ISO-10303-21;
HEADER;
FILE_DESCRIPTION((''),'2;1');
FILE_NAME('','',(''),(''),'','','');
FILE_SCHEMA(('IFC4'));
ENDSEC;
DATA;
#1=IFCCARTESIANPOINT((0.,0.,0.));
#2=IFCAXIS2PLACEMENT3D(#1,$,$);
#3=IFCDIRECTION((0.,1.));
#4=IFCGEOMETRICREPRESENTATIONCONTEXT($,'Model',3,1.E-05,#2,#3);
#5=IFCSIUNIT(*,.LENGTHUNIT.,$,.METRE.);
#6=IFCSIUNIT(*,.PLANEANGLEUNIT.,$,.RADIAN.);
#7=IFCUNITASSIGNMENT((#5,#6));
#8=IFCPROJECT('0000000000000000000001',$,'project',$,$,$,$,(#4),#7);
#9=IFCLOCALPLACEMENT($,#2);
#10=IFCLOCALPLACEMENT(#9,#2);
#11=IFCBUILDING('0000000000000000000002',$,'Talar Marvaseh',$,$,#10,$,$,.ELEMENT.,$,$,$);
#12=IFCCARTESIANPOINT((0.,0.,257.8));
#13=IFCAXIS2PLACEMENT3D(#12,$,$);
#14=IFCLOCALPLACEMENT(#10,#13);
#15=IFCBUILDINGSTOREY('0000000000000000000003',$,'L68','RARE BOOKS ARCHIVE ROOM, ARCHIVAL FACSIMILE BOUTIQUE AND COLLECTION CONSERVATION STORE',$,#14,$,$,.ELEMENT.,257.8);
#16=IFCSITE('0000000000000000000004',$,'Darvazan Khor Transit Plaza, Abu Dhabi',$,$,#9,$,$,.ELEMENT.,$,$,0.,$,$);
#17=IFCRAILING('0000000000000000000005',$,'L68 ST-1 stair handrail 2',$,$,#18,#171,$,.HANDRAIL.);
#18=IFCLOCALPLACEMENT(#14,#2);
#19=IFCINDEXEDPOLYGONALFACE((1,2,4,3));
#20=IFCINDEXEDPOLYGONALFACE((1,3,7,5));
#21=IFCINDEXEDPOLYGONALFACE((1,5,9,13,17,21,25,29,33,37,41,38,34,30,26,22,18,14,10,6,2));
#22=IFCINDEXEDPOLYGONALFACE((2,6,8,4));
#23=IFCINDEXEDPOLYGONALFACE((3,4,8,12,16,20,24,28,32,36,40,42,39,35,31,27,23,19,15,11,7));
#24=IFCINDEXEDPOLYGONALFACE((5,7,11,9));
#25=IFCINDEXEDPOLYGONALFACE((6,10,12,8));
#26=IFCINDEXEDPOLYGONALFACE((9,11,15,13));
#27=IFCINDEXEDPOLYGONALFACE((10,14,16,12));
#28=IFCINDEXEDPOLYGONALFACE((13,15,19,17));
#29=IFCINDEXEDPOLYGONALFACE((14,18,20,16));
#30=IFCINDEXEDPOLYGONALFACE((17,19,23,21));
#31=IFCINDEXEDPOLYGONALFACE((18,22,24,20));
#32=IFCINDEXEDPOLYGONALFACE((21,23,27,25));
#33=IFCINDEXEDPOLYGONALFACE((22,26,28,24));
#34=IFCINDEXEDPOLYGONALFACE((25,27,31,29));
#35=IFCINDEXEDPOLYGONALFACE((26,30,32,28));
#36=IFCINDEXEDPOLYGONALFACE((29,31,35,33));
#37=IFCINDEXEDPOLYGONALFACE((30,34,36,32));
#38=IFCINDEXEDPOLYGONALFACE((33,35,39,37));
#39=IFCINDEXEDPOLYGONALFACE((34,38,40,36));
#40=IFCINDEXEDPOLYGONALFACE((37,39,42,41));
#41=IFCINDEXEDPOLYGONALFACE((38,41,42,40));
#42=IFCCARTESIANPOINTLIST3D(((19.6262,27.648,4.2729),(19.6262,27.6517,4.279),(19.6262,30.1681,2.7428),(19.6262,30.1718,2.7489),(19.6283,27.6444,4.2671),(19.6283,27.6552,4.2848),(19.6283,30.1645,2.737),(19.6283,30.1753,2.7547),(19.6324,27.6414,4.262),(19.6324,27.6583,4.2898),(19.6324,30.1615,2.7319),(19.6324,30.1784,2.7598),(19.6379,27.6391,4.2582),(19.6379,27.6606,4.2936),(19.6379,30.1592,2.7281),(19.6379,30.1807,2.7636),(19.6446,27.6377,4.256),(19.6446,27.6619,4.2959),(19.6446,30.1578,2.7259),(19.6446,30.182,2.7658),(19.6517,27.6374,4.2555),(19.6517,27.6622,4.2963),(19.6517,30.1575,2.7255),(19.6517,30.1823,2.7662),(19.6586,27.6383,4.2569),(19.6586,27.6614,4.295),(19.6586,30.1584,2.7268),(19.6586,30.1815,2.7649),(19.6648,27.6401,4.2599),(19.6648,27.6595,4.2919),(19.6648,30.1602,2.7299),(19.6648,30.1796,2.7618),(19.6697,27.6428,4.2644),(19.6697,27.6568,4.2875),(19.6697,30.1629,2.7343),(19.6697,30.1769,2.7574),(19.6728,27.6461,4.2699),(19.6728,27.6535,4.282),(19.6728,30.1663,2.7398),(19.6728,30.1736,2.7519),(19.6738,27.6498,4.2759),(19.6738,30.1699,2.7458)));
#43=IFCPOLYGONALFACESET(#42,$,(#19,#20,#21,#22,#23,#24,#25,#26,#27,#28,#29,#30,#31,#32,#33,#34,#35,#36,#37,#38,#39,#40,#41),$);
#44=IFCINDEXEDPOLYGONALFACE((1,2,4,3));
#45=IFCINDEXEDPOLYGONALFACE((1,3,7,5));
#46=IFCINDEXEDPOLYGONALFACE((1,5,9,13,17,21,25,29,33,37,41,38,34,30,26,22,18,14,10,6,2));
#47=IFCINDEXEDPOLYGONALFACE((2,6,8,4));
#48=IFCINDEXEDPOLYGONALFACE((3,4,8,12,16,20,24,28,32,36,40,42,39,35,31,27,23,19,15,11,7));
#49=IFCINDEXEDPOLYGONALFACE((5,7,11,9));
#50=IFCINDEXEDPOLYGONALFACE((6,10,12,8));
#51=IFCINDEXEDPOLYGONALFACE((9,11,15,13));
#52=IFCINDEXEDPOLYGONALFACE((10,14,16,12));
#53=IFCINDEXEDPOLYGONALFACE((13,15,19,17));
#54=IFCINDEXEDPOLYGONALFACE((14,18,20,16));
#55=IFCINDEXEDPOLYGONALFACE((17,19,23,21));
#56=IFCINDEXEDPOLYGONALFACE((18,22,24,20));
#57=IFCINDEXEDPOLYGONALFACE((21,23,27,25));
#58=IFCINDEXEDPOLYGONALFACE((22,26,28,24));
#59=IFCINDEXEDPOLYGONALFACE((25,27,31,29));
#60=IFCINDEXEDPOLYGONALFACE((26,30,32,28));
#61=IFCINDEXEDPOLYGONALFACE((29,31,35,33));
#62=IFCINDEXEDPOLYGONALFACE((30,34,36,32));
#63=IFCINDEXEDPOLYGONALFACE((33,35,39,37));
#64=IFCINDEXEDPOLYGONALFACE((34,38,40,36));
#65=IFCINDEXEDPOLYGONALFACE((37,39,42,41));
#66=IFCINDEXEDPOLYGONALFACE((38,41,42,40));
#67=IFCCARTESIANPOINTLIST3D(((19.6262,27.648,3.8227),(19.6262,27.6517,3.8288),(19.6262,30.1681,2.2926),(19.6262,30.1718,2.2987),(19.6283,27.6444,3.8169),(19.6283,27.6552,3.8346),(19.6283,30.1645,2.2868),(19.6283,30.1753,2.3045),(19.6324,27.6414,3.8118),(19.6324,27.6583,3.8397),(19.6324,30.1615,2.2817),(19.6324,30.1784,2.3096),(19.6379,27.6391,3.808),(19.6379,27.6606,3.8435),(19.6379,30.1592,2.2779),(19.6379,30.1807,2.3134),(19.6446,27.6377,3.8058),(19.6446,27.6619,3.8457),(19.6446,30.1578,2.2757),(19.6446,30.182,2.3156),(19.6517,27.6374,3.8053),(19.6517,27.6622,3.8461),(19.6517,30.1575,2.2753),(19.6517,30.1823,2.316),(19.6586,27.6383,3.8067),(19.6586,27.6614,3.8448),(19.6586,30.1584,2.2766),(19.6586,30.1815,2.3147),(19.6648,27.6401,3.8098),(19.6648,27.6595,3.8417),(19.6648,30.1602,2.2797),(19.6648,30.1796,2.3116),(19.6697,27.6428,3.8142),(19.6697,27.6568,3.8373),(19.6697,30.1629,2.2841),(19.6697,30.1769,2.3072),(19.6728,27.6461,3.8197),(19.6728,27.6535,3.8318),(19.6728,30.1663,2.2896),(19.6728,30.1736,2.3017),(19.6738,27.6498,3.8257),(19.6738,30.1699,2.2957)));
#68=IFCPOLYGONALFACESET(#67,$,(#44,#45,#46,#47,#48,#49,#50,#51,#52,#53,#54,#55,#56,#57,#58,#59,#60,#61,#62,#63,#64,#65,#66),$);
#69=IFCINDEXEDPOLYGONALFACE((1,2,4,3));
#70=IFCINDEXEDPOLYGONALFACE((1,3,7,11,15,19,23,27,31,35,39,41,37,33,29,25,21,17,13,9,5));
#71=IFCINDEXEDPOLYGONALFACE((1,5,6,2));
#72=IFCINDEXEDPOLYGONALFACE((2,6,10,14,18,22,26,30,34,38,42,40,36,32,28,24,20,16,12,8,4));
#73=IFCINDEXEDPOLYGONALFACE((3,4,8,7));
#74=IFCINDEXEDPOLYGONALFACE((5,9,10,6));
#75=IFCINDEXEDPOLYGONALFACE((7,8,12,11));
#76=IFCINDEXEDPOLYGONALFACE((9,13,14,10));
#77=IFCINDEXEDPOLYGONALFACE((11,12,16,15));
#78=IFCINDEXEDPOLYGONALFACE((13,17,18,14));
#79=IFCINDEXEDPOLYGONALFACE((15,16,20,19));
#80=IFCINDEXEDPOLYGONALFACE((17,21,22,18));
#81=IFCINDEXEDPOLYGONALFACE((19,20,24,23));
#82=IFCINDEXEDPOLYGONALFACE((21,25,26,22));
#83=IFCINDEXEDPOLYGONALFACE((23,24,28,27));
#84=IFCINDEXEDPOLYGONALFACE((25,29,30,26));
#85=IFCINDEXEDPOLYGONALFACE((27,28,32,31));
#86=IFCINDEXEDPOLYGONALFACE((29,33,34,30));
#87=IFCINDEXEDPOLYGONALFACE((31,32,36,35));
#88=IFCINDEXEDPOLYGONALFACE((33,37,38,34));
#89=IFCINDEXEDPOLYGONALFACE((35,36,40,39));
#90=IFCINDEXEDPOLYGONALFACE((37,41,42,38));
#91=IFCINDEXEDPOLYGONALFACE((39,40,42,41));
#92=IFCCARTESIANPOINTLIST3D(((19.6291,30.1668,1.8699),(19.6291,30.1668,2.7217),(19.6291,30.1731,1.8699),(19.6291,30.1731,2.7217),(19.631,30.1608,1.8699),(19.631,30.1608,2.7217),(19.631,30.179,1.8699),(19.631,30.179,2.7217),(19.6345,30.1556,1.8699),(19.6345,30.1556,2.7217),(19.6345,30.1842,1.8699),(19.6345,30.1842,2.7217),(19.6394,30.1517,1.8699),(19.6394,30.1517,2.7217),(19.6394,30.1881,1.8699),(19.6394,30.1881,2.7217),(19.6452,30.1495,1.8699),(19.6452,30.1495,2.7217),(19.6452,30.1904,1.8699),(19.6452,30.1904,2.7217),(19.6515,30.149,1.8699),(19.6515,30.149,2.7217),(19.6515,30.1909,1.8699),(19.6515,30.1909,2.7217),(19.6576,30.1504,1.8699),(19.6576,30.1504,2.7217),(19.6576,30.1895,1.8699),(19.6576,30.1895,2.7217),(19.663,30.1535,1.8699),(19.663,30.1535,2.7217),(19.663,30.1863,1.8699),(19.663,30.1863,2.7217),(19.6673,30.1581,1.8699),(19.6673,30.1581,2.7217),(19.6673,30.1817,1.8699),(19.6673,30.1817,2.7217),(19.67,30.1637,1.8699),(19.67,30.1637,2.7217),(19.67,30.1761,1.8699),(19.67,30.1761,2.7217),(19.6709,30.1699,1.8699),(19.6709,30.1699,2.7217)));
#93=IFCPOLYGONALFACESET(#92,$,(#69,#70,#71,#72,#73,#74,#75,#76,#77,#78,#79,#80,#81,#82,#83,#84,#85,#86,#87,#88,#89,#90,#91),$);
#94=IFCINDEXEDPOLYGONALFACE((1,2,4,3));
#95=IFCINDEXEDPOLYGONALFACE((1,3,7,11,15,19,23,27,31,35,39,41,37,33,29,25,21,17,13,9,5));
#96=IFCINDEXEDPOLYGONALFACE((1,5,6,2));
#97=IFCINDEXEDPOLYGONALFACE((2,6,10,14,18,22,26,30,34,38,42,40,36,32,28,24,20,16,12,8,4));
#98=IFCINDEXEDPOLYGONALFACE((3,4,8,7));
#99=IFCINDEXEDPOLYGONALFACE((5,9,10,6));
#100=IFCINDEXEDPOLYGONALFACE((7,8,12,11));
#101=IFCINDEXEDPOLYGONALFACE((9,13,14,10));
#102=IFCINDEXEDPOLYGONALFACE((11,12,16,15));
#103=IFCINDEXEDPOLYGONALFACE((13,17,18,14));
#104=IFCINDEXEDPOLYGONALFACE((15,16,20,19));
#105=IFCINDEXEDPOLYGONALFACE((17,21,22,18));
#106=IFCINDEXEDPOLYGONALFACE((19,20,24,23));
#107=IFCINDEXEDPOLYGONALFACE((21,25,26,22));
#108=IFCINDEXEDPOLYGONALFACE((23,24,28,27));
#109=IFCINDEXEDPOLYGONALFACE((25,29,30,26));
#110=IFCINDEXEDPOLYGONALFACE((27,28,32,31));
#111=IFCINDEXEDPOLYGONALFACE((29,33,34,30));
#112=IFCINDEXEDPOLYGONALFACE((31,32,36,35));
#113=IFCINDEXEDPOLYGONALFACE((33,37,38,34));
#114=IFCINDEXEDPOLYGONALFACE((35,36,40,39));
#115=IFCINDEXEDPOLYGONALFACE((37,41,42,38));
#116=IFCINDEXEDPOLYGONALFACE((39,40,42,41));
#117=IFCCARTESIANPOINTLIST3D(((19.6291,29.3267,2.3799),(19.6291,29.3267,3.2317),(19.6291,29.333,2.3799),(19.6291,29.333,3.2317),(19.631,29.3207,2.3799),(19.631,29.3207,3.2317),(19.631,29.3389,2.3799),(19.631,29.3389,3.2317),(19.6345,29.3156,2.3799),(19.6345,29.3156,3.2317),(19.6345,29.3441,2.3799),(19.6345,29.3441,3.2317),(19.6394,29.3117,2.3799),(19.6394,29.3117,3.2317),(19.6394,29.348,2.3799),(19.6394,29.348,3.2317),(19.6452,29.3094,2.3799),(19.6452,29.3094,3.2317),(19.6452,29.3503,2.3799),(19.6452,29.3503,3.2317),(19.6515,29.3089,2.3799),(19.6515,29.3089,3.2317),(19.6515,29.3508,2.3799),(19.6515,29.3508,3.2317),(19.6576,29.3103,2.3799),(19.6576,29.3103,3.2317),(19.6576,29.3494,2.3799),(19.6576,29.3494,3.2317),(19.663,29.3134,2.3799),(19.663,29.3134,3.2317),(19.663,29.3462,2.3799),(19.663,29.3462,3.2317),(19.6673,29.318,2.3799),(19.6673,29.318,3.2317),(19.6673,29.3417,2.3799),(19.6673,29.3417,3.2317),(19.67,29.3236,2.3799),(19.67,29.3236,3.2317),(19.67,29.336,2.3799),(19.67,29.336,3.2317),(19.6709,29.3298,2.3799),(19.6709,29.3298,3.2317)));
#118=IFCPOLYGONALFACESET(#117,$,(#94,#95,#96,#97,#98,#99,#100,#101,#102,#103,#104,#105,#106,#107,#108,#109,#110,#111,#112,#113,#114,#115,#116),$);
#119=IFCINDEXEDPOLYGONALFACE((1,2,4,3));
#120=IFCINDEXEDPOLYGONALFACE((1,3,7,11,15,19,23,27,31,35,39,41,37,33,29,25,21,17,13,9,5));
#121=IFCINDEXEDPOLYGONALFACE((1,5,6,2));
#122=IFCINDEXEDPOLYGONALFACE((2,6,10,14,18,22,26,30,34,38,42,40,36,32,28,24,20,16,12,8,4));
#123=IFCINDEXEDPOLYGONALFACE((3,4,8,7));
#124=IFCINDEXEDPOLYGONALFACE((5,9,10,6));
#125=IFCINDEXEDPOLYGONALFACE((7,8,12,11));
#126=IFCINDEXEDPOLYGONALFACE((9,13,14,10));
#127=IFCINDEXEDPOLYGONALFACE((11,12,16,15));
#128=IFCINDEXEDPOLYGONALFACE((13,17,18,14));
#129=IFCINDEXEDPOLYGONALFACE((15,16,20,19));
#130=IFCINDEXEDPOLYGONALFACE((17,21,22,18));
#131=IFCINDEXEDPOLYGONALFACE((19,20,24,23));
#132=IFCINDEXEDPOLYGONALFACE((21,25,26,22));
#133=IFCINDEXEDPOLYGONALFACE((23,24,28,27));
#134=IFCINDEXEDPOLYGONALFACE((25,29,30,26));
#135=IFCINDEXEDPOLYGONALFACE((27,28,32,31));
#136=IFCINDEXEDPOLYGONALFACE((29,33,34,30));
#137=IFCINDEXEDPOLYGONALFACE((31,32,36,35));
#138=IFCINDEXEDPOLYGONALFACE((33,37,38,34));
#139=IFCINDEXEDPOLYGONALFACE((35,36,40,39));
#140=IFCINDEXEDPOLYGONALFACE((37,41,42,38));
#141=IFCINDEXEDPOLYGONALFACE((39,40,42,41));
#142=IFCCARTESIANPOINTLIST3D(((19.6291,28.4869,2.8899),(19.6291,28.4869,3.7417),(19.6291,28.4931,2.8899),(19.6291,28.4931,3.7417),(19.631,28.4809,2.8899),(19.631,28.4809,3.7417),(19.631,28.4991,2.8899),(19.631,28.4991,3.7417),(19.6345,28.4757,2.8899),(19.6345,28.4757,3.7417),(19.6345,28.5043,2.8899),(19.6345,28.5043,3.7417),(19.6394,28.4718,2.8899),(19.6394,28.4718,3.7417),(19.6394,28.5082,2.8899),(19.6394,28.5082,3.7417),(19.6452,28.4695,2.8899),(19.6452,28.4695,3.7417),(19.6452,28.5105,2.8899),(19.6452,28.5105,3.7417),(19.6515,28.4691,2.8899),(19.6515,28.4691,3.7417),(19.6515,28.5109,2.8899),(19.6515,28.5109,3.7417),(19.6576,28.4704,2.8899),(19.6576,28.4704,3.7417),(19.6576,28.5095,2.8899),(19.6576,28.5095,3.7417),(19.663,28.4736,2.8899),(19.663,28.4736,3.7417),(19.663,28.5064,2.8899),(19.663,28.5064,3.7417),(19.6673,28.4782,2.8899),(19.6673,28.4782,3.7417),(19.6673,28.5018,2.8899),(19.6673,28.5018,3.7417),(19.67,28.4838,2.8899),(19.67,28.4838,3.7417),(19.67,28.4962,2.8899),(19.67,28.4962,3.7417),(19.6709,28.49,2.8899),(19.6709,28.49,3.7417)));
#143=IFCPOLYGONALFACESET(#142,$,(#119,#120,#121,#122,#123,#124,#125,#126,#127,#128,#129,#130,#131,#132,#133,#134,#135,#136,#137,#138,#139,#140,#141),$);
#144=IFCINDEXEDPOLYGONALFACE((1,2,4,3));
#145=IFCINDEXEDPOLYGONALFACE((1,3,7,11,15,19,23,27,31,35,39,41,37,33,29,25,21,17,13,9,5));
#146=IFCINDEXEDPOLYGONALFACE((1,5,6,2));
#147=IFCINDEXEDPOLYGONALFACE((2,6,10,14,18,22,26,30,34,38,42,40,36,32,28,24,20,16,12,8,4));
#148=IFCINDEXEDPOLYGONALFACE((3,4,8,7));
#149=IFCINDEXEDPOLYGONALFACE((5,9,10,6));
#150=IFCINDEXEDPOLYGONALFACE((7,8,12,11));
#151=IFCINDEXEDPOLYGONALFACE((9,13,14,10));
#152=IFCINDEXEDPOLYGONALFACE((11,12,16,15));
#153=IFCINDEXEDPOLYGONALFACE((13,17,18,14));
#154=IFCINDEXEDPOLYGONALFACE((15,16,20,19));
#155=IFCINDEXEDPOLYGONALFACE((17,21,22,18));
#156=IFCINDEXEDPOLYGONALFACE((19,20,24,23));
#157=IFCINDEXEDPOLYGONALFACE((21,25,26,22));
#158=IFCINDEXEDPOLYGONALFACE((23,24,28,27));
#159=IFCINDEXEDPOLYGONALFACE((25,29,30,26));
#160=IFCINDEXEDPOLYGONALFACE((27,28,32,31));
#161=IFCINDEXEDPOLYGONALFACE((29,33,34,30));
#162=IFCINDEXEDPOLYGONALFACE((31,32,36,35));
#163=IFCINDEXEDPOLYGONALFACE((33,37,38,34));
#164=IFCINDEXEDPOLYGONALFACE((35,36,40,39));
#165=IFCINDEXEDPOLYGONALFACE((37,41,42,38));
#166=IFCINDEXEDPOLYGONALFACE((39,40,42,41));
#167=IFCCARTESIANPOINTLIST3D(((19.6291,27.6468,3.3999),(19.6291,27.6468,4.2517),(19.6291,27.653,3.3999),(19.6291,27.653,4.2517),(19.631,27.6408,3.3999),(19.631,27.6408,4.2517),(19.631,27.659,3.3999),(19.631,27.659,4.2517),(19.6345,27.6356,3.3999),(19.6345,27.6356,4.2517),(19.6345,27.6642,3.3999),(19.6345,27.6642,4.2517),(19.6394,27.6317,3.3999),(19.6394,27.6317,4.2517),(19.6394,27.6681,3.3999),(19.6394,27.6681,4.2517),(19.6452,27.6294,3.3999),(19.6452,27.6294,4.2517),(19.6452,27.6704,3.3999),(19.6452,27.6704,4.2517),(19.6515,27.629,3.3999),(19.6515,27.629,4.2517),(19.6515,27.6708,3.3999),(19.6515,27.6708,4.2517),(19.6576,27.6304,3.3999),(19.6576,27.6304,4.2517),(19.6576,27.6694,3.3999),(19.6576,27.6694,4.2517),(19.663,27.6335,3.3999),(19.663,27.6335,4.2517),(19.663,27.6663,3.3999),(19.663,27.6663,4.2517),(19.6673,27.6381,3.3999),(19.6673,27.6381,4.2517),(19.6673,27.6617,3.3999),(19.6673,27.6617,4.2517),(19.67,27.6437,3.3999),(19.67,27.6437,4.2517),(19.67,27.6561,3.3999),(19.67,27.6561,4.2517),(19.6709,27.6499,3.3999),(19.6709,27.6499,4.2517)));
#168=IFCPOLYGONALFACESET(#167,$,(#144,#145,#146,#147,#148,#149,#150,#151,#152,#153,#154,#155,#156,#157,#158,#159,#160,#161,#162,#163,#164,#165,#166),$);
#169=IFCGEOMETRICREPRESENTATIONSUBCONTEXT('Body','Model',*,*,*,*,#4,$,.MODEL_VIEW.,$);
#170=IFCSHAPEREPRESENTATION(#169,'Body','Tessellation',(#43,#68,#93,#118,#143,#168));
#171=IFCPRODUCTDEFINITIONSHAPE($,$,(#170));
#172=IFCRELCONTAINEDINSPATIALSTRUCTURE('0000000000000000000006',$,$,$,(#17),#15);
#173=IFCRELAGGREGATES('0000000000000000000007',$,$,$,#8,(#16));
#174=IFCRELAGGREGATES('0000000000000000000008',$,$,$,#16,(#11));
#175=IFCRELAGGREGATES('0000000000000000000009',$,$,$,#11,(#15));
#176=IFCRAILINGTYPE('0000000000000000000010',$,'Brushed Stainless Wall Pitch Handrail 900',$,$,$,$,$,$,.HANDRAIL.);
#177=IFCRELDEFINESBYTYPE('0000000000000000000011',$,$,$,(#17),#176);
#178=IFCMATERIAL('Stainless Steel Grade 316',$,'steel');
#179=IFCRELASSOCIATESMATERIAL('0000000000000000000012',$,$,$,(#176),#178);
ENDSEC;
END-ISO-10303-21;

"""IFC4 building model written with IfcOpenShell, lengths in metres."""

from ifc_helpers import new_model, si_unit, direction, frame, origin, origin_2d, place, context, subcontext, project, spatial, circle, extrude, material, type_object, element, save


model = new_model("IFC4")

# Units and contexts
model_context = context("Model", 3, precision=1e-05, world=origin(), true_north=direction((0.0, 1.0)))
body_context = subcontext(model_context, "Body", "Model", "MODEL_VIEW")
ifc_project = project(units=[si_unit("LENGTHUNIT", "METRE"), si_unit("PLANEANGLEUNIT", "RADIAN")], contexts=[model_context])

# Site, building, storey
site_placement = place(None, origin())
site = spatial("IfcSite", under=ifc_project, at=site_placement, Name="Darvazan Khor Transit Plaza, Abu Dhabi", CompositionType="ELEMENT", RefElevation=0.0)
building_placement = place(site_placement, origin())
building = spatial("IfcBuilding", under=site, at=building_placement, Name="Talar Marvaseh", CompositionType="ELEMENT")
storey_placement = place(building_placement, frame((0.0, 0.0, 257.8)))
storey = spatial("IfcBuildingStorey", under=building, at=storey_placement, Name="L68", Description="RARE BOOKS ARCHIVE ROOM, ARCHIVAL FACSIMILE BOUTIQUE AND COLLECTION CONSERVATION STORE", CompositionType="ELEMENT", Elevation=257.8)

# Railing
ifc_material_1 = material(Name="Stainless Steel Grade 316", Category="steel")
railing_type_1 = type_object("IfcRailingType", Name="Brushed Stainless Wall Pitch Handrail 900", PredefinedType="HANDRAIL", material=ifc_material_1)
railing_1_placement = place(storey_placement, frame((19.6499, 30.1699, 1.8699)))
element("IfcRailing", 1, at=railing_1_placement, inside=storey, type_object=railing_type_1, Name="L68 ST-1 stair handrail 2", PredefinedType="HANDRAIL", context=body_context, shape_type="SweptSolid", body=[
    extrude(circle(Radius=0.0239, at=origin_2d()), frame((0.0, 0.0, 0.876), z_axis=(0.0, -0.854785, 0.518982), x_axis=(1.0, 0.0, 0.0)), (0.0, 0.0, 1.0), 2.9482),
    extrude(circle(Radius=0.0239, at=origin_2d()), frame((0.0, 0.0, 0.4258), z_axis=(0.0, -0.854785, 0.518982), x_axis=(1.0, 0.0, 0.0)), (0.0, 0.0, 1.0), 2.9482),
    extrude(circle(Radius=0.021, at=origin_2d()), origin(), (0.0, 0.0, 1.0), 0.8518),
    extrude(circle(Radius=0.021, at=origin_2d()), frame((0.0, -0.8401, 0.51)), (0.0, 0.0, 1.0), 0.8518),
    extrude(circle(Radius=0.021, at=origin_2d()), frame((0.0, -1.6799, 1.02)), (0.0, 0.0, 1.0), 0.8518),
    extrude(circle(Radius=0.021, at=origin_2d()), frame((0.0, -2.52, 1.53)), (0.0, 0.0, 1.0), 0.8518),
])

save(model, "model.ifc")
